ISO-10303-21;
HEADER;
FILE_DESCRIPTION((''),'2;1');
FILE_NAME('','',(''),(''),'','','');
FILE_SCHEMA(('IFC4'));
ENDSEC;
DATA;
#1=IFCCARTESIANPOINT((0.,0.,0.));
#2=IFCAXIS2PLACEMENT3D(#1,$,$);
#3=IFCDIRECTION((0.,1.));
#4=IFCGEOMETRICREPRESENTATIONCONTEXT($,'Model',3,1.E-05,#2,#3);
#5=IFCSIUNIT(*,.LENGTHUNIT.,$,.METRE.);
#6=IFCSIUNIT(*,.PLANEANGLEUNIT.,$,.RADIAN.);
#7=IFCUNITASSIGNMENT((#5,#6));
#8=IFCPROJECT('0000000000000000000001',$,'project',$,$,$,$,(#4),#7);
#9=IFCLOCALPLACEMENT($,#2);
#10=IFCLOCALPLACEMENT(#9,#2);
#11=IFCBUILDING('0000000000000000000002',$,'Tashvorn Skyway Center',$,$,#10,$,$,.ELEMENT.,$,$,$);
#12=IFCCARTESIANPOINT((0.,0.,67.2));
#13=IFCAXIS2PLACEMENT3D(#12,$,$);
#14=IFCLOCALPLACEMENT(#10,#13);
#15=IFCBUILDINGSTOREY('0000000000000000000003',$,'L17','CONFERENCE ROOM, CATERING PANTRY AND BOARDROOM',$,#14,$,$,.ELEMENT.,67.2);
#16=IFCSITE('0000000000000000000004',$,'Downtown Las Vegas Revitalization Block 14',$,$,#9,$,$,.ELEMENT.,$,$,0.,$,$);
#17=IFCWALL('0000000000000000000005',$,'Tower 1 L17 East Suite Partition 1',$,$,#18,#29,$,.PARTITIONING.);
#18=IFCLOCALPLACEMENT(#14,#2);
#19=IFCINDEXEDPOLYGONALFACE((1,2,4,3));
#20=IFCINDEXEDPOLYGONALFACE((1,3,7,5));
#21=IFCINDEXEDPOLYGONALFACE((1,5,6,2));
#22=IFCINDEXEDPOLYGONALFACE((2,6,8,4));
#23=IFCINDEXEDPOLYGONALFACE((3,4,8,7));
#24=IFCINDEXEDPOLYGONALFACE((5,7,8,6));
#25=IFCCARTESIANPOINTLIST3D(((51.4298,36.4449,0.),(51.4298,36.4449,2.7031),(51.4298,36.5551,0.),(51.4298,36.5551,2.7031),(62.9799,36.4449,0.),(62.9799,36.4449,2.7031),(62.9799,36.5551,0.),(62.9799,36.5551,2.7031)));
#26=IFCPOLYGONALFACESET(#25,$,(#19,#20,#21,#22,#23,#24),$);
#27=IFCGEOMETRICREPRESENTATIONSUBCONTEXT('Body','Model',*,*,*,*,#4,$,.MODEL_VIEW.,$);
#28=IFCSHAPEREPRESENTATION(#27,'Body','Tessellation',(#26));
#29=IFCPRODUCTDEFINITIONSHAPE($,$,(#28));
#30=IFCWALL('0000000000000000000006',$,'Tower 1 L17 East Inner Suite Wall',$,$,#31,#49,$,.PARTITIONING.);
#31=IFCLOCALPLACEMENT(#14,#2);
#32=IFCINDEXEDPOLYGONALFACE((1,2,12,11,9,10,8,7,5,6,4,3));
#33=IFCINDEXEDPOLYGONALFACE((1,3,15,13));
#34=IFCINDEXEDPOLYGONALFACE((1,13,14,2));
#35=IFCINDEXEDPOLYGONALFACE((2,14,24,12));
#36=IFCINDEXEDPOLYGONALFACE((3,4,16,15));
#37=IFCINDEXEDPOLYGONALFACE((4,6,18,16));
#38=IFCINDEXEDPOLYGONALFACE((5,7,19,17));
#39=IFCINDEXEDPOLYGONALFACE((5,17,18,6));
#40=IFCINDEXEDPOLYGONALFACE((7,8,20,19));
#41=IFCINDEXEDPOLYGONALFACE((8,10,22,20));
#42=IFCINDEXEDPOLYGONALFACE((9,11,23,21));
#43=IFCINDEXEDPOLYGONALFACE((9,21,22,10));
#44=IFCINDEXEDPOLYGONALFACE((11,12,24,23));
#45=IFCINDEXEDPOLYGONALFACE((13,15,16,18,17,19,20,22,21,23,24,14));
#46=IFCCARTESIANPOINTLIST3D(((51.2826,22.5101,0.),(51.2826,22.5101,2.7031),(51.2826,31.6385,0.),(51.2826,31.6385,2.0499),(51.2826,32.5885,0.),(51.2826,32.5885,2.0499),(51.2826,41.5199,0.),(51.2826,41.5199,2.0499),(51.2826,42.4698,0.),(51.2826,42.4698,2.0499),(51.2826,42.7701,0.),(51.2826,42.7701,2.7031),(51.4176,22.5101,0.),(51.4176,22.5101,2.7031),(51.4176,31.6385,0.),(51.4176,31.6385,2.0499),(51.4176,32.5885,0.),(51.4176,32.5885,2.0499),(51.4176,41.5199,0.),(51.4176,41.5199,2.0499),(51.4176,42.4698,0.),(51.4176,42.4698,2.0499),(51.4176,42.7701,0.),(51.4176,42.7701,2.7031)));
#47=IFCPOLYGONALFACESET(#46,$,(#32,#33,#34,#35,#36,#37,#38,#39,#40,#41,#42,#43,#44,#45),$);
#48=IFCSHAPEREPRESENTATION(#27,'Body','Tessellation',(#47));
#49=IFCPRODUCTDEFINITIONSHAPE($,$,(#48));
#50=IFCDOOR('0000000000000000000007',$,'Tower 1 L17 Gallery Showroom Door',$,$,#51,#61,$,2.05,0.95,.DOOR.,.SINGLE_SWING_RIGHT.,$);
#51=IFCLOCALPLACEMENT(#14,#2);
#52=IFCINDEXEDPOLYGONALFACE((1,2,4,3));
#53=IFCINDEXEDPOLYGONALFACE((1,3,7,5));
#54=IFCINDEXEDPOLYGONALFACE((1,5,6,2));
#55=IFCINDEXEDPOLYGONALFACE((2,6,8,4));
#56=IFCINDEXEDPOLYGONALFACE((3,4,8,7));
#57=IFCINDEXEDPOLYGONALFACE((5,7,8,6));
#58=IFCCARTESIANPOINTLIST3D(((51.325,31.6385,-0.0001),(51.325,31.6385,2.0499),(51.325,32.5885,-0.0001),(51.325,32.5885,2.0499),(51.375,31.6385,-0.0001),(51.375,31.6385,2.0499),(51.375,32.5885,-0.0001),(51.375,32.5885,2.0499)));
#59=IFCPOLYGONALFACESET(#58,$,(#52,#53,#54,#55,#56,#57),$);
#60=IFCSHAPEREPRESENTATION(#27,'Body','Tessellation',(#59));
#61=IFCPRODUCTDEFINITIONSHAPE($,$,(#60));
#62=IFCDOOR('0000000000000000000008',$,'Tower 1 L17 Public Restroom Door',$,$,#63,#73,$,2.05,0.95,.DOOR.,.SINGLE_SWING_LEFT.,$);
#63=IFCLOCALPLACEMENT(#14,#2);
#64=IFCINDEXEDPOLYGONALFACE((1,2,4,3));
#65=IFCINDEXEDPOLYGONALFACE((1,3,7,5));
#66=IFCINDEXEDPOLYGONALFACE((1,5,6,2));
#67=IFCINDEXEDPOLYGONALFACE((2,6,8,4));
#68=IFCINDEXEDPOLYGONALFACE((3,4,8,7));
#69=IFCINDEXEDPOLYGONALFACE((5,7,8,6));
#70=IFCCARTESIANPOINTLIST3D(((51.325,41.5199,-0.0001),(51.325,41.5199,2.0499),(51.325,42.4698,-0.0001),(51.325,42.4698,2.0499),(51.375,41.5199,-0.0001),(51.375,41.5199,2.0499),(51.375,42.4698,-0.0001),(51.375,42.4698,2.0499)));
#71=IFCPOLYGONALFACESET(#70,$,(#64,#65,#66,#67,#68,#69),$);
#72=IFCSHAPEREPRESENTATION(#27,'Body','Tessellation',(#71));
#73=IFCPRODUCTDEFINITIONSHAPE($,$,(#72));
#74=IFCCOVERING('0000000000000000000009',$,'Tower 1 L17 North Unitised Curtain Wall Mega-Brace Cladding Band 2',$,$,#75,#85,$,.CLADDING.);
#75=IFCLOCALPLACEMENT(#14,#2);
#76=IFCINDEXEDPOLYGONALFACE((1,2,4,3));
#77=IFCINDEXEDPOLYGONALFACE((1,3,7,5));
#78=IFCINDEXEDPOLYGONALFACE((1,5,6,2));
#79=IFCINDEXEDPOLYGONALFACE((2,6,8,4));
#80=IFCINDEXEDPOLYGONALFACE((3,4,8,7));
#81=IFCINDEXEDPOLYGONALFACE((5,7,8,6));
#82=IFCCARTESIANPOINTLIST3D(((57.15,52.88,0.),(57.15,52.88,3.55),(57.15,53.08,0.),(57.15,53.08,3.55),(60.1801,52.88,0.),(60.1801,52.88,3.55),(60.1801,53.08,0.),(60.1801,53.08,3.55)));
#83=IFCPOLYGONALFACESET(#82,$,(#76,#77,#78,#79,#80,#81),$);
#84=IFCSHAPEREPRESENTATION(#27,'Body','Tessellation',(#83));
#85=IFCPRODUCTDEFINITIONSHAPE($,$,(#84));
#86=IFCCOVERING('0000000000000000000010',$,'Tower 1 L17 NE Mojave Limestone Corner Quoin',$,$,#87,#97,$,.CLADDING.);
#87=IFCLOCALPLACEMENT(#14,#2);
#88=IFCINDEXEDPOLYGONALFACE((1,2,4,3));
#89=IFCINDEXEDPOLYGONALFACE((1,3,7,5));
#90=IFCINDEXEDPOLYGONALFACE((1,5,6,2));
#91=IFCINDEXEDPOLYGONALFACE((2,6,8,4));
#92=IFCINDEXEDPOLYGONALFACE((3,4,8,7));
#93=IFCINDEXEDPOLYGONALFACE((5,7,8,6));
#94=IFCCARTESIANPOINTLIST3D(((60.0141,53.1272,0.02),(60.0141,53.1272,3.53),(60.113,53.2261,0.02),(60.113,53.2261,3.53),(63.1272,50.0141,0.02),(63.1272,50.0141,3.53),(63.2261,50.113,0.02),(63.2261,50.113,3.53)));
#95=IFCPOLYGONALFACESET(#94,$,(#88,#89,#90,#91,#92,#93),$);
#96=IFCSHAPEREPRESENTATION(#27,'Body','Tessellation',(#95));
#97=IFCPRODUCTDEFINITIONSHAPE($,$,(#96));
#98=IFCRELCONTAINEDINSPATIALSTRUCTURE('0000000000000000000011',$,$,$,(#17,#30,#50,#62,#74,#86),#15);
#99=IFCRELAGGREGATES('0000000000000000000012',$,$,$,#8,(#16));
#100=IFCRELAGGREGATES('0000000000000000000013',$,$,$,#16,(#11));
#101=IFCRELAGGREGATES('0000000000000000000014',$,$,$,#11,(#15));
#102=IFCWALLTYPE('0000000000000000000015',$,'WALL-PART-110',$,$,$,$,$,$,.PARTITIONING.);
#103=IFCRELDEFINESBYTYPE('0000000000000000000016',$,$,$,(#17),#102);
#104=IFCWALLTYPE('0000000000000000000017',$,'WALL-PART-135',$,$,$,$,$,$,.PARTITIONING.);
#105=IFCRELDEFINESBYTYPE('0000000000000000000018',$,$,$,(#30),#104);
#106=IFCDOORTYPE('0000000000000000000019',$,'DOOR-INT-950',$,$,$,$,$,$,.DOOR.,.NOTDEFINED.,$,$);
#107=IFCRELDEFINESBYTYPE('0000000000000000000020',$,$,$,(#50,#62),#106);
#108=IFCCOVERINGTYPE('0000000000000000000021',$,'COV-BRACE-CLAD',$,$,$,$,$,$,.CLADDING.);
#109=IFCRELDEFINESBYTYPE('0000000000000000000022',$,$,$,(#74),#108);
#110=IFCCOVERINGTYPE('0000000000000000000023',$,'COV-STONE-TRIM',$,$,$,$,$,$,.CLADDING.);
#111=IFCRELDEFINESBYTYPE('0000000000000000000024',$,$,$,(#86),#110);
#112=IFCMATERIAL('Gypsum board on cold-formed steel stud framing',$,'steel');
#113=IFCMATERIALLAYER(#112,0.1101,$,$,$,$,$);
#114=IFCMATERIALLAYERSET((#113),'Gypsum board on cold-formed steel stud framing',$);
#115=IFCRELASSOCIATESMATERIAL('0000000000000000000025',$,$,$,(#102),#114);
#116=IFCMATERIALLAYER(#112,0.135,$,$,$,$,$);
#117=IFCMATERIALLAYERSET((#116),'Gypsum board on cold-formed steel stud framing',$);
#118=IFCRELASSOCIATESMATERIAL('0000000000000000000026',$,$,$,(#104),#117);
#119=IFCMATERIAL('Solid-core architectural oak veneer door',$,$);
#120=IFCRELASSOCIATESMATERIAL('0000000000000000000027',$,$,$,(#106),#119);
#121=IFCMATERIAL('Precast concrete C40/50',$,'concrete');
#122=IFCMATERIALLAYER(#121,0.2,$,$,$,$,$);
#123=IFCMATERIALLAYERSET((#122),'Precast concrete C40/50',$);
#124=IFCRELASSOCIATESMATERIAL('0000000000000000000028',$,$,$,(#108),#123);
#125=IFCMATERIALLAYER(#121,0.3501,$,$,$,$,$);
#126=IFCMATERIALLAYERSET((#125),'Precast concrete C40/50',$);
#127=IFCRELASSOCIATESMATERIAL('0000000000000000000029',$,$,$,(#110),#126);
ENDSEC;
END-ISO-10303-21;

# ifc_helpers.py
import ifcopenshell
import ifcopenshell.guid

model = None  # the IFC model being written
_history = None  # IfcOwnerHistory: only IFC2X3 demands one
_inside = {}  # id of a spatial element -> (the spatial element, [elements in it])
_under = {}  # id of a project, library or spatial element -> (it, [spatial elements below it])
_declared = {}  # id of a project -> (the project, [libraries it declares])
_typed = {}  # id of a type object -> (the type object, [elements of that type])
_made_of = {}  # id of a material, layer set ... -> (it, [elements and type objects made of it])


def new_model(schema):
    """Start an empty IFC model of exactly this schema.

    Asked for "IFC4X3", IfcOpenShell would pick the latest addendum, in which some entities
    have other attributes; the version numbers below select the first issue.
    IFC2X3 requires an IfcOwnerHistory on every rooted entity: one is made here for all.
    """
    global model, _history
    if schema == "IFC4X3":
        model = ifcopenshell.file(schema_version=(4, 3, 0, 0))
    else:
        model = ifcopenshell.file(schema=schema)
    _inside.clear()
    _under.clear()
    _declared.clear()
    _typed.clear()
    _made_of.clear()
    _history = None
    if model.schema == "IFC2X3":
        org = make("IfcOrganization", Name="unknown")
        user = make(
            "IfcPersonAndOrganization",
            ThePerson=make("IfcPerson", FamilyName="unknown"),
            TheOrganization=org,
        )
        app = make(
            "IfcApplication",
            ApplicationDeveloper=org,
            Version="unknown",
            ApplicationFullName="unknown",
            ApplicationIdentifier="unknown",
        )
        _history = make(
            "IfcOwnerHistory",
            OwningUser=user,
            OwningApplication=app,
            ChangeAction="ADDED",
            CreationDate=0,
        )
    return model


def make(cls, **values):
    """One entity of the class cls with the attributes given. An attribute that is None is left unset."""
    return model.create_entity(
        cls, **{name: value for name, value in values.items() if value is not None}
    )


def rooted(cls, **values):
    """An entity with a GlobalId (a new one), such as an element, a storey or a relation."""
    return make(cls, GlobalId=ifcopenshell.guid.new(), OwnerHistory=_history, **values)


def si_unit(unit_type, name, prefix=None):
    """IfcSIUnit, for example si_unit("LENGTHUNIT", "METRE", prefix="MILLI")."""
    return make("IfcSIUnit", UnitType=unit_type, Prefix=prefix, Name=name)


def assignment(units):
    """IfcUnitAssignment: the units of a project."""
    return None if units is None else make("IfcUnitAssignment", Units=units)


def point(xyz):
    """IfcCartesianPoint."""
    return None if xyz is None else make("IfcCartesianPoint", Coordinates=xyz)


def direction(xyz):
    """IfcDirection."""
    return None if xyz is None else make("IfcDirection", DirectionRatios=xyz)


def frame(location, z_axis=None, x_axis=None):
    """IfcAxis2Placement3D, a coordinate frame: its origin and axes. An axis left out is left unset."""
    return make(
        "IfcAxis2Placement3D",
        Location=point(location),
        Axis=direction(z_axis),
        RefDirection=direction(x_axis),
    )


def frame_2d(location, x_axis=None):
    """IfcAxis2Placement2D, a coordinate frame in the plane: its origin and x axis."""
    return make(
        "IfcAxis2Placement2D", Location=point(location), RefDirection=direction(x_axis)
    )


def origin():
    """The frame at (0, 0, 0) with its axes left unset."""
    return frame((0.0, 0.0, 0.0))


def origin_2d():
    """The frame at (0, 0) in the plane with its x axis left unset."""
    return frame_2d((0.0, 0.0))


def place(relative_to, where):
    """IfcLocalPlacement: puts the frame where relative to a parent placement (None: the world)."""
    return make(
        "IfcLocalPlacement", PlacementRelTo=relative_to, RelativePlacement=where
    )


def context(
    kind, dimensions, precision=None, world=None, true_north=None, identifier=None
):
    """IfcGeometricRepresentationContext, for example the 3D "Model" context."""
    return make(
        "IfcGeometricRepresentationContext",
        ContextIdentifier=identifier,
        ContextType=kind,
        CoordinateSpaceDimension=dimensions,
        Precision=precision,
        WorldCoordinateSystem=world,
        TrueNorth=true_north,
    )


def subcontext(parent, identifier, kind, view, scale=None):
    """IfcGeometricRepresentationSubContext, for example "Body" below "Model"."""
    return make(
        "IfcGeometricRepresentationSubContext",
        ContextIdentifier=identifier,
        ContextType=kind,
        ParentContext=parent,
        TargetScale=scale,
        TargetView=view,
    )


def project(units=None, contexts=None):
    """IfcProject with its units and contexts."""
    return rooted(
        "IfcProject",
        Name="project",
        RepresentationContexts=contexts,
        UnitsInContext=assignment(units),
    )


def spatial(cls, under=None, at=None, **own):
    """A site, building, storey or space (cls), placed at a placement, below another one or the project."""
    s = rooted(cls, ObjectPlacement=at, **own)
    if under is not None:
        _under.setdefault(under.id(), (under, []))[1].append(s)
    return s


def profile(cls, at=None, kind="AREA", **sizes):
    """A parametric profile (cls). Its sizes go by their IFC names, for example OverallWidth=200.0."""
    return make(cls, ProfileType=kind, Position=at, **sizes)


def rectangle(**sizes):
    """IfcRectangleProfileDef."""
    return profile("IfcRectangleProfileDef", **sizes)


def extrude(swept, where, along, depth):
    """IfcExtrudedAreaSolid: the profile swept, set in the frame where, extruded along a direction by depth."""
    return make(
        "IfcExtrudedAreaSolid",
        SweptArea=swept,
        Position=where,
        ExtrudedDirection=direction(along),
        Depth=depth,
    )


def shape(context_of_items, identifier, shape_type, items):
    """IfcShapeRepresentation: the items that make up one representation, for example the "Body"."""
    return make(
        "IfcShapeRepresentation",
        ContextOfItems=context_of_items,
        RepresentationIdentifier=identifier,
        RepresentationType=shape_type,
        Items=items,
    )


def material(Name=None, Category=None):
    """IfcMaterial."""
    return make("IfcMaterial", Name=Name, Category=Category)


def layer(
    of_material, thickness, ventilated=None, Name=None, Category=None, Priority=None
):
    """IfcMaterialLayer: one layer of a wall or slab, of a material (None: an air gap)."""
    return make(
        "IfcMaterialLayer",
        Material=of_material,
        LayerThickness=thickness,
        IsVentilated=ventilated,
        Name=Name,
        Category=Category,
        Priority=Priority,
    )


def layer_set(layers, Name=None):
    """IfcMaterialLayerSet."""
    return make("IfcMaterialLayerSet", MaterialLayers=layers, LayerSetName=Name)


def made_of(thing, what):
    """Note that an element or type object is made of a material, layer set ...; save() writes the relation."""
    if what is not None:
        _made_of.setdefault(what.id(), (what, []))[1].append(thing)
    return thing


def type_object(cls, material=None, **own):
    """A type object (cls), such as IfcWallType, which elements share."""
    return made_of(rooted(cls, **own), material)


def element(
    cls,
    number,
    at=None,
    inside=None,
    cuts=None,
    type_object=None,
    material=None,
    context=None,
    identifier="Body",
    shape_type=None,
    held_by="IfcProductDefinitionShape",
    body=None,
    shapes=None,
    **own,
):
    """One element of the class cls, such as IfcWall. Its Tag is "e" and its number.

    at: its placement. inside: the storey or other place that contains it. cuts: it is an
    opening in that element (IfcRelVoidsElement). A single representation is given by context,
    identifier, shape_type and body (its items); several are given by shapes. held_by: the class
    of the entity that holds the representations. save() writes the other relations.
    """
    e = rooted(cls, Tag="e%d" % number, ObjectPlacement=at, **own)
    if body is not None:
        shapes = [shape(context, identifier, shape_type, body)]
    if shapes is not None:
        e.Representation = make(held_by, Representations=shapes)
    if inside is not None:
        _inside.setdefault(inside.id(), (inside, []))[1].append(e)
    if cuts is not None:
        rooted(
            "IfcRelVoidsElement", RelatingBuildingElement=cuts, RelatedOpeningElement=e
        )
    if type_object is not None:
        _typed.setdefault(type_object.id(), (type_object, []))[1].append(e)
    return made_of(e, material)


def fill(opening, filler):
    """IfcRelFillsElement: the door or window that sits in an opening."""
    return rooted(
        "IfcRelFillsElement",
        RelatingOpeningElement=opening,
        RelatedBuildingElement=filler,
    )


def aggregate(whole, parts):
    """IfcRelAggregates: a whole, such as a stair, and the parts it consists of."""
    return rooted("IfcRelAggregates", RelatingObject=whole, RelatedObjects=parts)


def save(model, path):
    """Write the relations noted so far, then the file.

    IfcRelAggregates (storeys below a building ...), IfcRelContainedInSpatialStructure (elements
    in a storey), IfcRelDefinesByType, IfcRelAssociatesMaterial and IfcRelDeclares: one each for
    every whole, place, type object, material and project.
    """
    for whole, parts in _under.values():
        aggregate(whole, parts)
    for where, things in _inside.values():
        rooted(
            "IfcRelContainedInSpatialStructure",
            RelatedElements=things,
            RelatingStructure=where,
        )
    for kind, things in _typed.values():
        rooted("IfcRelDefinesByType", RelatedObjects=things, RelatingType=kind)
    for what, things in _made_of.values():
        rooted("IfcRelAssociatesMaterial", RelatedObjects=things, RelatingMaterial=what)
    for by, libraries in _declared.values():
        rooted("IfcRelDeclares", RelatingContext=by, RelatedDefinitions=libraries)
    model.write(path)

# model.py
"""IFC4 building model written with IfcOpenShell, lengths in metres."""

from ifc_helpers import new_model, si_unit, direction, frame, frame_2d, origin, origin_2d, place, context, subcontext, project, spatial, rectangle, extrude, material, layer, layer_set, type_object, element, fill, save


model = new_model("IFC4")

# Units and contexts
model_context = context("Model", 3, precision=1e-05, world=origin(), true_north=direction((0.0, 1.0)))
body_context = subcontext(model_context, "Body", "Model", "MODEL_VIEW")
ifc_project = project(units=[si_unit("LENGTHUNIT", "METRE"), si_unit("PLANEANGLEUNIT", "RADIAN")], contexts=[model_context])

# Site, building, storey
site_placement = place(None, origin())
site = spatial("IfcSite", under=ifc_project, at=site_placement, Name="Downtown Las Vegas Revitalization Block 14", CompositionType="ELEMENT", RefElevation=0.0)
building_placement = place(site_placement, origin())
building = spatial("IfcBuilding", under=site, at=building_placement, Name="Tashvorn Skyway Center", CompositionType="ELEMENT")
storey_placement = place(building_placement, frame((0.0, 0.0, 67.2)))
storey = spatial("IfcBuildingStorey", under=building, at=storey_placement, Name="L17", Description="CONFERENCE ROOM, CATERING PANTRY AND BOARDROOM", CompositionType="ELEMENT", Elevation=67.2)

# Wall
ifc_material_1 = material(Name="Precast concrete C40/50", Category="concrete")
ifc_material_2 = material(Name="Gypsum board on cold-formed steel stud framing", Category="steel")
ifc_layer_1 = layer(ifc_material_2, 0.1101)
ifc_layer_set_1 = layer_set([ifc_layer_1], Name="Gypsum board on cold-formed steel stud framing")
wall_type_1 = type_object("IfcWallType", Name="WALL-PART-110", PredefinedType="PARTITIONING", material=ifc_layer_set_1)
wall_1_placement = place(storey_placement, frame((51.4299, 36.5, 0.0), z_axis=(0.0, 0.0, 1.0), x_axis=(1.0, 0.0, 0.0)))
element("IfcWall", 1, at=wall_1_placement, inside=storey, type_object=wall_type_1, Name="Tower 1 L17 East Suite Partition 1", PredefinedType="PARTITIONING", context=body_context, shape_type="SweptSolid", body=[
    extrude(rectangle(XDim=11.55, YDim=0.1101, at=frame_2d((5.7749, 0.0))), origin(), (0.0, 0.0, 1.0), 2.7031),
])

# Wall, openings, doors
ifc_layer_2 = layer(ifc_material_2, 0.135)
ifc_layer_set_2 = layer_set([ifc_layer_2], Name="Gypsum board on cold-formed steel stud framing")
wall_type_2 = type_object("IfcWallType", Name="WALL-PART-135", PredefinedType="PARTITIONING", material=ifc_layer_set_2)
wall_2_placement = place(storey_placement, frame((51.3501, 42.77, 0.0), z_axis=(0.0, 0.0, 1.0), x_axis=(0.0, -1.0, 0.0)))
wall_2 = element("IfcWall", 2, at=wall_2_placement, inside=storey, type_object=wall_type_2, Name="Tower 1 L17 East Inner Suite Wall", PredefinedType="PARTITIONING", context=body_context, shape_type="SweptSolid", body=[
    extrude(rectangle(XDim=20.26, YDim=0.135, at=frame_2d((10.1299, 0.0))), origin(), (0.0, 0.0, 1.0), 2.7031),
])
opening_1_placement = place(wall_2_placement, frame((10.1814, 0.0, 0.0)))
opening_1 = element("IfcOpeningElement", 3, at=opening_1_placement, cuts=wall_2, PredefinedType="OPENING", context=body_context, shape_type="SweptSolid", body=[
    extrude(rectangle(XDim=0.95, YDim=2.05, at=frame_2d((0.4751, 1.0249))), frame((0.0, 0.0774, 0.0), z_axis=(0.0, -1.0, 0.0), x_axis=(1.0, 0.0, 0.0)), (0.0, 0.0, 1.0), 0.155),
])
opening_2_placement = place(wall_2_placement, frame((0.3, 0.0, 0.0)))
opening_2 = element("IfcOpeningElement", 4, at=opening_2_placement, cuts=wall_2, PredefinedType="OPENING", context=body_context, shape_type="SweptSolid", body=[
    extrude(rectangle(XDim=0.95, YDim=2.05, at=frame_2d((0.4751, 1.0249))), frame((0.0, 0.0774, 0.0), z_axis=(0.0, -1.0, 0.0), x_axis=(1.0, 0.0, 0.0)), (0.0, 0.0, 1.0), 0.155),
])
ifc_material_3 = material(Name="Solid-core architectural oak veneer door")
door_type = type_object("IfcDoorType", Name="DOOR-INT-950", OperationType="NOTDEFINED", PredefinedType="DOOR", material=ifc_material_3)
door_1_placement = place(opening_1_placement, origin())
door_1 = element("IfcDoor", 5, at=door_1_placement, inside=storey, type_object=door_type, Name="Tower 1 L17 Gallery Showroom Door", OperationType="SINGLE_SWING_RIGHT", OverallHeight=2.05, OverallWidth=0.95, PredefinedType="DOOR", context=body_context, shape_type="SweptSolid", body=[
    extrude(rectangle(XDim=0.95, YDim=2.05, at=frame_2d((0.4751, 1.0249))), frame((0.0, 0.0249, 0.0), z_axis=(0.0, -1.0, 0.0), x_axis=(1.0, 0.0, 0.0)), (0.0, 0.0, 1.0), 0.05),
])
fill(opening_1, door_1)
door_2_placement = place(opening_2_placement, origin())
door_2 = element("IfcDoor", 6, at=door_2_placement, inside=storey, type_object=door_type, Name="Tower 1 L17 Public Restroom Door", OperationType="SINGLE_SWING_LEFT", OverallHeight=2.05, OverallWidth=0.95, PredefinedType="DOOR", context=body_context, shape_type="SweptSolid", body=[
    extrude(rectangle(XDim=0.95, YDim=2.05, at=frame_2d((0.4751, 1.0249))), frame((0.0, 0.0249, 0.0), z_axis=(0.0, -1.0, 0.0), x_axis=(1.0, 0.0, 0.0)), (0.0, 0.0, 1.0), 0.05),
])
fill(opening_2, door_2)

# Coverings
ifc_layer_3 = layer(ifc_material_1, 0.2)
ifc_layer_set_3 = layer_set([ifc_layer_3], Name="Precast concrete C40/50")
covering_type_1 = type_object("IfcCoveringType", Name="COV-BRACE-CLAD", PredefinedType="CLADDING", material=ifc_layer_set_3)
covering_1_placement = place(storey_placement, frame((58.665, 52.98, 0.0), z_axis=(0.0, 0.0, 1.0), x_axis=(1.0, 0.0, 0.0)))
element("IfcCovering", 7, at=covering_1_placement, inside=storey, type_object=covering_type_1, Name="Tower 1 L17 North Unitised Curtain Wall Mega-Brace Cladding Band 2", PredefinedType="CLADDING", context=body_context, shape_type="SweptSolid", body=[
    extrude(rectangle(XDim=3.03, YDim=0.2, at=origin_2d()), origin(), (0.0, 0.0, 1.0), 3.55),
])
ifc_layer_4 = layer(ifc_material_1, 0.3501)
ifc_layer_set_4 = layer_set([ifc_layer_4], Name="Precast concrete C40/50")
covering_type_2 = type_object("IfcCoveringType", Name="COV-STONE-TRIM", PredefinedType="CLADDING", material=ifc_layer_set_4)
covering_2_placement = place(storey_placement, frame((61.6201, 51.6201, 0.02), z_axis=(0.0, 0.0, 1.0), x_axis=(0.707107, -0.707107, 0.0)))
element("IfcCovering", 8, at=covering_2_placement, inside=storey, type_object=covering_type_2, Name="Tower 1 L17 NE Mojave Limestone Corner Quoin", PredefinedType="CLADDING", context=body_context, shape_type="SweptSolid", body=[
    extrude(rectangle(XDim=4.4026, YDim=0.1399, at=origin_2d()), origin(), (0.0, 0.0, 1.0), 3.51),
])

save(model, "model.ifc")
